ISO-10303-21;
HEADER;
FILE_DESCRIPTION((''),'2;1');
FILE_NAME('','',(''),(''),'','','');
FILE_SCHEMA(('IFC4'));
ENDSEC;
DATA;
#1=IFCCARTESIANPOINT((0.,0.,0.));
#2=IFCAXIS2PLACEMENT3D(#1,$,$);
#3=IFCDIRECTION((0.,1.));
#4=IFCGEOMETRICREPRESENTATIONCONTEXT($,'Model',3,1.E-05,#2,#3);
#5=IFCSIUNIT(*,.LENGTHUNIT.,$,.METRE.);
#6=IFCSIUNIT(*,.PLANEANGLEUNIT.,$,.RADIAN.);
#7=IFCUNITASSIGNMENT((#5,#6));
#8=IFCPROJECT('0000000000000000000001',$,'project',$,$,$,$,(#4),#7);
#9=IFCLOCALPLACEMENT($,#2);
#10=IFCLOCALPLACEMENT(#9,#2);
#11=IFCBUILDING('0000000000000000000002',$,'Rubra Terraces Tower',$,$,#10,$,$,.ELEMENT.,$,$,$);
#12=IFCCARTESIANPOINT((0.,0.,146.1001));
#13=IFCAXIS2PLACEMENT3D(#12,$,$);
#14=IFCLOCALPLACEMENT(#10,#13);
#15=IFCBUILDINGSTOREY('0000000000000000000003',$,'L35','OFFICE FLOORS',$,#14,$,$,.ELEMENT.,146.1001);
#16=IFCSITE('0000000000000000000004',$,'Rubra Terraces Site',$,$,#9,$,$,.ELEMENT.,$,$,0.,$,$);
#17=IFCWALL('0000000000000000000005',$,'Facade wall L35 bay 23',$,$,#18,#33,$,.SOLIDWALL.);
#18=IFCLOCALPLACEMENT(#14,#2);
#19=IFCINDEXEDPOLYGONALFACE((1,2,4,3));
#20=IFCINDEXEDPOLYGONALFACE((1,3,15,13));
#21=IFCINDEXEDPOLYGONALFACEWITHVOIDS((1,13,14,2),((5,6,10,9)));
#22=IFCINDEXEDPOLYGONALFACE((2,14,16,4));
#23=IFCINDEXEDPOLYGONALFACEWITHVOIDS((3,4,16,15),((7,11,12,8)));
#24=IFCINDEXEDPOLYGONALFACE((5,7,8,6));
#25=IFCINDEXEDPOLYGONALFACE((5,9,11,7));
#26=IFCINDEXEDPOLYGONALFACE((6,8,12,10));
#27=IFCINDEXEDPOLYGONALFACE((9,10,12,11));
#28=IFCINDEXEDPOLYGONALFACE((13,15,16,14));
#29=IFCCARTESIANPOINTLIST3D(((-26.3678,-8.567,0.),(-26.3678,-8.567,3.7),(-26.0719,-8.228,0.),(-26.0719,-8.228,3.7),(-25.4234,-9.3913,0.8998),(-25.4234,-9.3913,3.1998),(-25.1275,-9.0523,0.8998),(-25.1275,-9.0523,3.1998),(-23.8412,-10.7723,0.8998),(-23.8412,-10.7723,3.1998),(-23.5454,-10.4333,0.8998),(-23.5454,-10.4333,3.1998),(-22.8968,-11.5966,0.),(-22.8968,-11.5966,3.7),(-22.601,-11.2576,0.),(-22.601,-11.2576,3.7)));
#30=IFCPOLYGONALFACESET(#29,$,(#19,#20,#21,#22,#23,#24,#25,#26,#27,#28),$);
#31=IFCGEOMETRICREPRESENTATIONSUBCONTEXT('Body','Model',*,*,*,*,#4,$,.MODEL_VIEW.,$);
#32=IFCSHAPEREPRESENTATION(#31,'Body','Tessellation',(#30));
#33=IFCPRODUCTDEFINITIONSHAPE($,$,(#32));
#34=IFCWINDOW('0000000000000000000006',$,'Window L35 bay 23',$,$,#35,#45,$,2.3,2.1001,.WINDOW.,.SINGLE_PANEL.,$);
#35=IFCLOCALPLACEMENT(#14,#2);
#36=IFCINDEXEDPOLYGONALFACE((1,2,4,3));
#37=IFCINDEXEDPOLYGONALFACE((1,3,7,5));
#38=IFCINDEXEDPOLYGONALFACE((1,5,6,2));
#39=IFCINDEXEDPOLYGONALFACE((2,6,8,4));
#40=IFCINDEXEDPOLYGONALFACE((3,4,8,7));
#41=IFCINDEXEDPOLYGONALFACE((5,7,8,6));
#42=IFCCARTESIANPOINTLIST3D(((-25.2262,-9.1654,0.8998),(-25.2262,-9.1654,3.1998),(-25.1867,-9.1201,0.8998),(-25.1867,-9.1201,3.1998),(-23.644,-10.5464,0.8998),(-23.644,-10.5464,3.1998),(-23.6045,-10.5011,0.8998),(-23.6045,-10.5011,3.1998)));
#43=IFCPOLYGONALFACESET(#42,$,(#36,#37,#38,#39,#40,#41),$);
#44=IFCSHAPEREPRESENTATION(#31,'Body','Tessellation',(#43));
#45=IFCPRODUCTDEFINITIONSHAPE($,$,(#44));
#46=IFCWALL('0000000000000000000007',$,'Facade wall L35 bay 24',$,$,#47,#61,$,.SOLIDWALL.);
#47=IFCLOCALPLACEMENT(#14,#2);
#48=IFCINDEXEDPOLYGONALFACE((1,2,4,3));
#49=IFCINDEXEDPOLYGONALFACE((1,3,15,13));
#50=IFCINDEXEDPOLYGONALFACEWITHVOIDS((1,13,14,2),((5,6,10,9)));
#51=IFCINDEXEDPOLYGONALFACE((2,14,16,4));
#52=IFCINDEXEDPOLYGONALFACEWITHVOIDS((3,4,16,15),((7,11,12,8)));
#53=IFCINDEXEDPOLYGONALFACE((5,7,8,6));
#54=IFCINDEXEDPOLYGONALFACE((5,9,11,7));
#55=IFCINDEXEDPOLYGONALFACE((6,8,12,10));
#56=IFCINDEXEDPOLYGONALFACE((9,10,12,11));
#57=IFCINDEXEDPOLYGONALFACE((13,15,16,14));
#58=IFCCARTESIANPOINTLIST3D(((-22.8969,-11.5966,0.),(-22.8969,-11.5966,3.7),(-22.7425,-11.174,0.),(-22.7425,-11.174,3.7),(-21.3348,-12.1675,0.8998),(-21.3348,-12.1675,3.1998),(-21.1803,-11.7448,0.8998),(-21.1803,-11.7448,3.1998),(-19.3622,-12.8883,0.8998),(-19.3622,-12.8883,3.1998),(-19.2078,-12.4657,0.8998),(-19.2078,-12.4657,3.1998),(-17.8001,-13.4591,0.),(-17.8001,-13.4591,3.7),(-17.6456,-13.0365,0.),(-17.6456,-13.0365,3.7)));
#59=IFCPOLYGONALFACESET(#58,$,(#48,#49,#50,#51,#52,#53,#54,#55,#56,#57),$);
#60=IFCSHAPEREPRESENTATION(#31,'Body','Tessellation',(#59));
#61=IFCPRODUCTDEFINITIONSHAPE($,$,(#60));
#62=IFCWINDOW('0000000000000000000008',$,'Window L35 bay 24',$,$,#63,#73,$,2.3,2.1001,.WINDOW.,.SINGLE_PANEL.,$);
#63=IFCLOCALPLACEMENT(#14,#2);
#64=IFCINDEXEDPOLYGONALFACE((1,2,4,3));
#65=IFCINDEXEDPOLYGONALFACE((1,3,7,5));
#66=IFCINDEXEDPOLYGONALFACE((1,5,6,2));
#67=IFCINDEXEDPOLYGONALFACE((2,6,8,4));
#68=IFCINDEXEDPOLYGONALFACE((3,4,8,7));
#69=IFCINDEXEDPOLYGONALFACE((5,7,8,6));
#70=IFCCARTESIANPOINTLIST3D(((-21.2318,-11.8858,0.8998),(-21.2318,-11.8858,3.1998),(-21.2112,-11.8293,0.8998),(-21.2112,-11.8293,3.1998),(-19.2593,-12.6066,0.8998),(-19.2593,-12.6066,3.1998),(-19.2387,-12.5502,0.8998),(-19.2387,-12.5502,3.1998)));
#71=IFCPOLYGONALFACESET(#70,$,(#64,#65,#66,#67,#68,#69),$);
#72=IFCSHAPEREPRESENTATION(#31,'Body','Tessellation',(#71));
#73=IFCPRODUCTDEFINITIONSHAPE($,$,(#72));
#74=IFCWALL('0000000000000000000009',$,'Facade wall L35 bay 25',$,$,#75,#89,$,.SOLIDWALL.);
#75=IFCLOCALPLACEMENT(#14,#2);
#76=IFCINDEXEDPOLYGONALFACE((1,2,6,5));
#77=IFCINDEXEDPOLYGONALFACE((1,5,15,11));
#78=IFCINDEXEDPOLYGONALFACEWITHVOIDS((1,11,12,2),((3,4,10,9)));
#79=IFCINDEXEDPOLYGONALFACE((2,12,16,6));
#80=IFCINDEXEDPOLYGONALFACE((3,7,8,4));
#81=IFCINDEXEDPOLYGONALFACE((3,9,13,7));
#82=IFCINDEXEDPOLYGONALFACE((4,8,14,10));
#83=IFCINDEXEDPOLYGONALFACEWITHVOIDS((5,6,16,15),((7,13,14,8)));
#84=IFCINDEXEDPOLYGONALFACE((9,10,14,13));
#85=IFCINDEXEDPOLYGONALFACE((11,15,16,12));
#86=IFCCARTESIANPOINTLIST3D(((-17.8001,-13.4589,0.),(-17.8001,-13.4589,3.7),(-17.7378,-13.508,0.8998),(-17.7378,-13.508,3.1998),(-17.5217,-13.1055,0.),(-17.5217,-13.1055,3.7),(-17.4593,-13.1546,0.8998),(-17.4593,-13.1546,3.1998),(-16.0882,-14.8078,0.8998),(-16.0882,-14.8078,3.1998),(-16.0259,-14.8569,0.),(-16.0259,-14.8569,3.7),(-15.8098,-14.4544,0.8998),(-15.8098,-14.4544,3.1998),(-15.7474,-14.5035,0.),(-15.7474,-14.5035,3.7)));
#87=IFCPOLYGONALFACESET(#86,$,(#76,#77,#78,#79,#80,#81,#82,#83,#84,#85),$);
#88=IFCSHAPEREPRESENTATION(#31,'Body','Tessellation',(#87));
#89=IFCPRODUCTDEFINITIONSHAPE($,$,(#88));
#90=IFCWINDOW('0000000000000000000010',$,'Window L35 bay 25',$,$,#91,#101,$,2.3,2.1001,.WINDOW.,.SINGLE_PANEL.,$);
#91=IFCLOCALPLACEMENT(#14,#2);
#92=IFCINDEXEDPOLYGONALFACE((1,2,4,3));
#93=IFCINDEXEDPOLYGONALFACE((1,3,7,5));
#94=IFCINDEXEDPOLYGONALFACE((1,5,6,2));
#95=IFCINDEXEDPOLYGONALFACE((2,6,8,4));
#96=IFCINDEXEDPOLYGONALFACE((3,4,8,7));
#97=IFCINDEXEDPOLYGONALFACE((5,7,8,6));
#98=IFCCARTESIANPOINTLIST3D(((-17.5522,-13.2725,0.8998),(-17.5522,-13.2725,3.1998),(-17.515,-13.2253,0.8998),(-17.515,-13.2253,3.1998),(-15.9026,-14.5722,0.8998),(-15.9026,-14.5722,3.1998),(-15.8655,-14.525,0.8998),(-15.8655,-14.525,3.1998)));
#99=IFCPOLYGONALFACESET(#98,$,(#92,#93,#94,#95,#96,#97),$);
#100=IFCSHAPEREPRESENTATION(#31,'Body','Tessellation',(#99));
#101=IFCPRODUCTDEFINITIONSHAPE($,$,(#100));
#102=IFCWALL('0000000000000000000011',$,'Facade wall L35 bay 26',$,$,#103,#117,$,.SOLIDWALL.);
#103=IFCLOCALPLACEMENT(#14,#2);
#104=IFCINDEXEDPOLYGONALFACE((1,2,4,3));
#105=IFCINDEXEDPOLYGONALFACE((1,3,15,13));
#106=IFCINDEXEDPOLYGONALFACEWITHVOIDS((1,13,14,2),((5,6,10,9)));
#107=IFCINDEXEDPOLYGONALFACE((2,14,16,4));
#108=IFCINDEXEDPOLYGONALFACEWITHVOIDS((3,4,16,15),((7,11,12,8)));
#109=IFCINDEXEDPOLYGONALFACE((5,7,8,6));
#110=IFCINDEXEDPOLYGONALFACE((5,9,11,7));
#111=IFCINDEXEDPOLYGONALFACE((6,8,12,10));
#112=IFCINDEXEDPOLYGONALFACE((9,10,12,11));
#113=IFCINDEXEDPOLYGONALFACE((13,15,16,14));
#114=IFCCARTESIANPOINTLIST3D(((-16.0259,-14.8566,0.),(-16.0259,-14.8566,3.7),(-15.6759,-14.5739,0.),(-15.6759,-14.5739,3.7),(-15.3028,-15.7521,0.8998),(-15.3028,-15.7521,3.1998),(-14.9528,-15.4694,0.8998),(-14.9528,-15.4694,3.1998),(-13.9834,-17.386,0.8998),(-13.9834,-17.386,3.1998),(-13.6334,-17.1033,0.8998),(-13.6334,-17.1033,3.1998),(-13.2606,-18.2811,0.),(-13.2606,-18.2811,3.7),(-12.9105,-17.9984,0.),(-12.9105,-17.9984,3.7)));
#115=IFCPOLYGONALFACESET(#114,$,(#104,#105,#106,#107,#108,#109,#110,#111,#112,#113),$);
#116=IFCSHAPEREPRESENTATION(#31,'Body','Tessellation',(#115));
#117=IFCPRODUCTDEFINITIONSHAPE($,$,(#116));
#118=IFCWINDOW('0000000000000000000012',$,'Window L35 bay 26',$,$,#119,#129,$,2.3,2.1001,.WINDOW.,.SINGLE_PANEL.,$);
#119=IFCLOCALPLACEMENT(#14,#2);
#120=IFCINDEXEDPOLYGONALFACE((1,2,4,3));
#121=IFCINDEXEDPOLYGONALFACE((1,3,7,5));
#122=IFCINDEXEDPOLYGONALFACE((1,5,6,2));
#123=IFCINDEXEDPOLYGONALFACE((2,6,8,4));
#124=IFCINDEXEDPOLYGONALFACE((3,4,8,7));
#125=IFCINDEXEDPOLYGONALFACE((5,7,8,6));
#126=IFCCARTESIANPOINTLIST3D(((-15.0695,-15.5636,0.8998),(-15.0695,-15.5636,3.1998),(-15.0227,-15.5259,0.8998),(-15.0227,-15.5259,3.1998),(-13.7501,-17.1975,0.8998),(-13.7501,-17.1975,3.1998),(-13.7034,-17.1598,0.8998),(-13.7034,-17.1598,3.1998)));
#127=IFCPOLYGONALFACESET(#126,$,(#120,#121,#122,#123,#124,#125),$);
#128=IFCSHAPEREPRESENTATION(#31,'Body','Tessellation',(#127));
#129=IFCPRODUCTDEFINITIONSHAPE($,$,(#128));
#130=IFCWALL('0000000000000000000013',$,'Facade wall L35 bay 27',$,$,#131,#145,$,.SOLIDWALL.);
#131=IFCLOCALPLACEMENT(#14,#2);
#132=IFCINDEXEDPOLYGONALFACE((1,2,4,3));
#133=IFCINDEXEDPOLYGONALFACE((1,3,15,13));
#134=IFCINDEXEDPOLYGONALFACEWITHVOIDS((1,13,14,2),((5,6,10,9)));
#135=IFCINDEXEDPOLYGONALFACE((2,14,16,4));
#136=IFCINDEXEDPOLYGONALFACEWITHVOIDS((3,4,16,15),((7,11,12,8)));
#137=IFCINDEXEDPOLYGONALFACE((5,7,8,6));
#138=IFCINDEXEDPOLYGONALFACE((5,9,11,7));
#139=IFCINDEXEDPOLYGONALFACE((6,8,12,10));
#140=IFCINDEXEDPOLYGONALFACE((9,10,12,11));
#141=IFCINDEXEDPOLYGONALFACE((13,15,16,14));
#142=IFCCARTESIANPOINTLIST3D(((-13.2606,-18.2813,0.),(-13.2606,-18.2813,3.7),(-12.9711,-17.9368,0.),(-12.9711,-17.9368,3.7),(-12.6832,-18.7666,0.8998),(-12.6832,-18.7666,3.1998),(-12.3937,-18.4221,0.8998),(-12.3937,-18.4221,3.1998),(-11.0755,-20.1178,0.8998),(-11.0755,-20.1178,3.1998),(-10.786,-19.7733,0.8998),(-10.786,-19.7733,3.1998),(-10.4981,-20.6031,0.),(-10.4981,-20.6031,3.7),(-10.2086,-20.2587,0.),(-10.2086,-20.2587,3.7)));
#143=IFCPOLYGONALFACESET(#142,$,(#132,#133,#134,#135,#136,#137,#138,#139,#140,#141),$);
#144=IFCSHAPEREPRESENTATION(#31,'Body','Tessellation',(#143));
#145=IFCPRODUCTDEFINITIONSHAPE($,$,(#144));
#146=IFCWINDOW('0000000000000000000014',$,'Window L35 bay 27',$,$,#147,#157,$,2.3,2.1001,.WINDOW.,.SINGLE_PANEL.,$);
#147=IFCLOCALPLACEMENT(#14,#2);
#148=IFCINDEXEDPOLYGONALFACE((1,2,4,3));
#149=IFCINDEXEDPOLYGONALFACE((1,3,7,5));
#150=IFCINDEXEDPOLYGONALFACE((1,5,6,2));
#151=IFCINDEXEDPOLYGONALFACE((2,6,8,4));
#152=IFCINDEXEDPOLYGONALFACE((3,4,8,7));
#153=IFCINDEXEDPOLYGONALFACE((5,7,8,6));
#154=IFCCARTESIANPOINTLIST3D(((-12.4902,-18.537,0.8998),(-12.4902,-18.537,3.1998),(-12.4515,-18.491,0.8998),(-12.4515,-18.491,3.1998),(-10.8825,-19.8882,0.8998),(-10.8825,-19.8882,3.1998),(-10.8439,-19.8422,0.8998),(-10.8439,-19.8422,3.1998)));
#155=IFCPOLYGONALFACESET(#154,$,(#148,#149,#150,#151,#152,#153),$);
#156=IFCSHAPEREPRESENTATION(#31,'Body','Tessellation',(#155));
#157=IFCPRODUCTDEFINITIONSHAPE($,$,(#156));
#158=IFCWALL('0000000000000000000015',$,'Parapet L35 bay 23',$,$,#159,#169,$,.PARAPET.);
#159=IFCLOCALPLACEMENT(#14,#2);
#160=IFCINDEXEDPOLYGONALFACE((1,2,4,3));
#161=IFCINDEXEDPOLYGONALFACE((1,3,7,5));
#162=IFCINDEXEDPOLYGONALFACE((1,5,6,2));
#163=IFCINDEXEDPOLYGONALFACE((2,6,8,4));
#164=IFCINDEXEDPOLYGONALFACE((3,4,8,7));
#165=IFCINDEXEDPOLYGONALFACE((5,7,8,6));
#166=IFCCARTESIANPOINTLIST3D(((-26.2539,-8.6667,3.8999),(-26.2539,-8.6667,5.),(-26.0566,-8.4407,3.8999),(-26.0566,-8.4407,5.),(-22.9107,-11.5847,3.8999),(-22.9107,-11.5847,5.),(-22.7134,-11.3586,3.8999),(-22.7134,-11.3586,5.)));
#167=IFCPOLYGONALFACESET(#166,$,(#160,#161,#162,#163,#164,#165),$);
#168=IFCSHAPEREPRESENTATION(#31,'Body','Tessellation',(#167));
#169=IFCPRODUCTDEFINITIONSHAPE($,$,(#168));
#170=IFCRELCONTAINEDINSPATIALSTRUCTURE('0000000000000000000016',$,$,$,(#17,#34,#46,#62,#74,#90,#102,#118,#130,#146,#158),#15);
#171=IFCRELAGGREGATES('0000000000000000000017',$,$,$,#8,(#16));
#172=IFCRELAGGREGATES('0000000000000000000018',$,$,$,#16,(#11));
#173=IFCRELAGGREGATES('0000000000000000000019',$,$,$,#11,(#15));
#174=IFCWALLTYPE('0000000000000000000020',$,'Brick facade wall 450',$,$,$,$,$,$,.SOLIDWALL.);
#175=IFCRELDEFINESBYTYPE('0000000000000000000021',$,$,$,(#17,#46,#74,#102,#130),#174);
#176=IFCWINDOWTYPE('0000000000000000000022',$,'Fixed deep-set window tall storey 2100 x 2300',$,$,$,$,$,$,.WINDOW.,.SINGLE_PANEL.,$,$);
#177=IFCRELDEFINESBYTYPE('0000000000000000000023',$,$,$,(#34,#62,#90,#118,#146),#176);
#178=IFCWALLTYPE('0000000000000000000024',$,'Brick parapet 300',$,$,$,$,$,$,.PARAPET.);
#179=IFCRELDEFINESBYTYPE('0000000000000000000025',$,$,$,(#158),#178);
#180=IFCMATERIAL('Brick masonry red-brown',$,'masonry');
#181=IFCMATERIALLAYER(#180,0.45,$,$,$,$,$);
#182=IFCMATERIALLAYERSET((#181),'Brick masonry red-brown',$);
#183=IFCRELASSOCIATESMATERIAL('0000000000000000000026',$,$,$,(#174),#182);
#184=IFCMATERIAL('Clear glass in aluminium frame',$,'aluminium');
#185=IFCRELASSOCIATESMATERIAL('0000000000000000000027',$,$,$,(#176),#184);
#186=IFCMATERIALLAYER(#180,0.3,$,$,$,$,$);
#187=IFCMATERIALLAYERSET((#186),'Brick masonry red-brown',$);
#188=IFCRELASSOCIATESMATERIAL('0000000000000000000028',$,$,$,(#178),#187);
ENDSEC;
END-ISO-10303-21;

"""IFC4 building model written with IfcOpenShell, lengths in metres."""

from ifc_helpers import new_model, si_unit, direction, frame, frame_2d, origin, place, context, subcontext, project, spatial, rectangle, extrude, material, layer, layer_set, type_object, element, fill, save


model = new_model("IFC4")

# Units and contexts
model_context = context("Model", 3, precision=1e-05, world=origin(), true_north=direction((0.0, 1.0)))
body_context = subcontext(model_context, "Body", "Model", "MODEL_VIEW")
ifc_project = project(units=[si_unit("LENGTHUNIT", "METRE"), si_unit("PLANEANGLEUNIT", "RADIAN")], contexts=[model_context])

# Site, building, storey
site_placement = place(None, origin())
site = spatial("IfcSite", under=ifc_project, at=site_placement, Name="Rubra Terraces Site", CompositionType="ELEMENT", RefElevation=0.0)
building_placement = place(site_placement, origin())
building = spatial("IfcBuilding", under=site, at=building_placement, Name="Rubra Terraces Tower", CompositionType="ELEMENT")
storey_placement = place(building_placement, frame((0.0, 0.0, 146.1001)))
storey = spatial("IfcBuildingStorey", under=building, at=storey_placement, Name="L35", Description="OFFICE FLOORS", CompositionType="ELEMENT", Elevation=146.1001)

# Walls, openings, windows
ifc_material_1 = material(Name="Brick masonry red-brown", Category="masonry")
ifc_layer_1 = layer(ifc_material_1, 0.45)
ifc_layer_set_1 = layer_set([ifc_layer_1], Name="Brick masonry red-brown")
wall_type_1 = type_object("IfcWallType", Name="Brick facade wall 450", PredefinedType="SOLIDWALL", material=ifc_layer_set_1)
wall_1_placement = place(storey_placement, frame((-26.22, -8.3975, 0.0), z_axis=(0.0, 0.0, 1.0), x_axis=(0.753387, -0.657577, 0.0)))
wall_1 = element("IfcWall", 1, at=wall_1_placement, inside=storey, type_object=wall_type_1, Name="Facade wall L35 bay 23", PredefinedType="SOLIDWALL", context=body_context, shape_type="SweptSolid", body=[
    extrude(rectangle(XDim=4.6072, YDim=0.45, at=frame_2d((2.3037, 0.0))), origin(), (0.0, 0.0, 1.0), 3.7),
])
opening_1_placement = place(wall_1_placement, frame((1.2537, 0.0, 0.8999)))
opening_1 = element("IfcOpeningElement", 2, at=opening_1_placement, cuts=wall_1, PredefinedType="OPENING", context=body_context, shape_type="SweptSolid", body=[
    extrude(rectangle(XDim=2.1001, YDim=2.3, at=frame_2d((1.05, 1.1499))), frame((0.0, 0.2349, 0.0), z_axis=(0.0, -1.0, 0.0), x_axis=(1.0, 0.0, 0.0)), (0.0, 0.0, 1.0), 0.47),
])
ifc_material_2 = material(Name="Clear glass in aluminium frame", Category="aluminium")
window_type = type_object("IfcWindowType", Name="Fixed deep-set window tall storey 2100 x 2300", PartitioningType="SINGLE_PANEL", PredefinedType="WINDOW", material=ifc_material_2)
window_1_placement = place(opening_1_placement, origin())
window_1 = element("IfcWindow", 3, at=window_1_placement, inside=storey, type_object=window_type, Name="Window L35 bay 23", OverallHeight=2.3, OverallWidth=2.1001, PartitioningType="SINGLE_PANEL", PredefinedType="WINDOW", context=body_context, shape_type="SweptSolid", body=[
    extrude(rectangle(XDim=2.1001, YDim=2.3, at=frame_2d((1.05, 1.1499))), frame((0.0, 0.135, 0.0), z_axis=(0.0, -1.0, 0.0), x_axis=(1.0, 0.0, 0.0)), (0.0, 0.0, 1.0), 0.0601),
])
fill(opening_1, window_1)
wall_2_placement = place(storey_placement, frame((-22.8198, -11.3853, 0.0), z_axis=(0.0, 0.0, 1.0), x_axis=(0.939252, -0.343227, 0.0)))
wall_2 = element("IfcWall", 4, at=wall_2_placement, inside=storey, type_object=wall_type_1, Name="Facade wall L35 bay 24", PredefinedType="SOLIDWALL", context=body_context, shape_type="SweptSolid", body=[
    extrude(rectangle(XDim=5.4265, YDim=0.45, at=frame_2d((2.7134, 0.0))), origin(), (0.0, 0.0, 1.0), 3.7),
])
opening_2_placement = place(wall_2_placement, frame((1.6633, 0.0, 0.8999)))
opening_2 = element("IfcOpeningElement", 5, at=opening_2_placement, cuts=wall_2, PredefinedType="OPENING", context=body_context, shape_type="SweptSolid", body=[
    extrude(rectangle(XDim=2.1001, YDim=2.3, at=frame_2d((1.05, 1.1499))), frame((0.0, 0.2349, 0.0), z_axis=(0.0, -1.0, 0.0), x_axis=(1.0, 0.0, 0.0)), (0.0, 0.0, 1.0), 0.47),
])
window_2_placement = place(opening_2_placement, origin())
window_2 = element("IfcWindow", 6, at=window_2_placement, inside=storey, type_object=window_type, Name="Window L35 bay 24", OverallHeight=2.3, OverallWidth=2.1001, PartitioningType="SINGLE_PANEL", PredefinedType="WINDOW", context=body_context, shape_type="SweptSolid", body=[
    extrude(rectangle(XDim=2.1001, YDim=2.3, at=frame_2d((1.05, 1.1499))), frame((0.0, 0.135, 0.0), z_axis=(0.0, -1.0, 0.0), x_axis=(1.0, 0.0, 0.0)), (0.0, 0.0, 1.0), 0.0601),
])
fill(opening_2, window_2)
wall_3_placement = place(storey_placement, frame((-17.6609, -13.2822, 0.0), z_axis=(0.0, 0.0, 1.0), x_axis=(0.785466, -0.618905, 0.0)))
wall_3 = element("IfcWall", 7, at=wall_3_placement, inside=storey, type_object=wall_type_1, Name="Facade wall L35 bay 25", PredefinedType="SOLIDWALL", context=body_context, shape_type="SweptSolid", body=[
    extrude(rectangle(XDim=2.2588, YDim=0.45, at=frame_2d((1.1294, 0.0))), origin(), (0.0, 0.0, 1.0), 3.7),
])
opening_3_placement = place(wall_3_placement, frame((0.0793, 0.0, 0.8999)))
opening_3 = element("IfcOpeningElement", 8, at=opening_3_placement, cuts=wall_3, PredefinedType="OPENING", context=body_context, shape_type="SweptSolid", body=[
    extrude(rectangle(XDim=2.1001, YDim=2.3, at=frame_2d((1.05, 1.1499))), frame((0.0, 0.2349, 0.0), z_axis=(0.0, -1.0, 0.0), x_axis=(1.0, 0.0, 0.0)), (0.0, 0.0, 1.0), 0.47),
])
window_3_placement = place(opening_3_placement, origin())
window_3 = element("IfcWindow", 9, at=window_3_placement, inside=storey, type_object=window_type, Name="Window L35 bay 25", OverallHeight=2.3, OverallWidth=2.1001, PartitioningType="SINGLE_PANEL", PredefinedType="WINDOW", context=body_context, shape_type="SweptSolid", body=[
    extrude(rectangle(XDim=2.1001, YDim=2.3, at=frame_2d((1.05, 1.1499))), frame((0.0, 0.135, 0.0), z_axis=(0.0, -1.0, 0.0), x_axis=(1.0, 0.0, 0.0)), (0.0, 0.0, 1.0), 0.0601),
])
fill(opening_3, window_3)
wall_4_placement = place(storey_placement, frame((-15.8508, -14.7153, 0.0), z_axis=(0.0, 0.0, 1.0), x_axis=(0.628253, -0.778009, 0.0)))
wall_4 = element("IfcWall", 10, at=wall_4_placement, inside=storey, type_object=wall_type_1, Name="Facade wall L35 bay 26", PredefinedType="SOLIDWALL", context=body_context, shape_type="SweptSolid", body=[
    extrude(rectangle(XDim=4.4016, YDim=0.45, at=frame_2d((2.2007, 0.0))), origin(), (0.0, 0.0, 1.0), 3.7),
])
opening_4_placement = place(wall_4_placement, frame((1.1509, 0.0, 0.8999)))
opening_4 = element("IfcOpeningElement", 11, at=opening_4_placement, cuts=wall_4, PredefinedType="OPENING", context=body_context, shape_type="SweptSolid", body=[
    extrude(rectangle(XDim=2.1001, YDim=2.3, at=frame_2d((1.05, 1.1499))), frame((0.0, 0.2349, 0.0), z_axis=(0.0, -1.0, 0.0), x_axis=(1.0, 0.0, 0.0)), (0.0, 0.0, 1.0), 0.47),
])
window_4_placement = place(opening_4_placement, origin())
window_4 = element("IfcWindow", 12, at=window_4_placement, inside=storey, type_object=window_type, Name="Window L35 bay 26", OverallHeight=2.3, OverallWidth=2.1001, PartitioningType="SINGLE_PANEL", PredefinedType="WINDOW", context=body_context, shape_type="SweptSolid", body=[
    extrude(rectangle(XDim=2.1001, YDim=2.3, at=frame_2d((1.05, 1.1499))), frame((0.0, 0.135, 0.0), z_axis=(0.0, -1.0, 0.0), x_axis=(1.0, 0.0, 0.0)), (0.0, 0.0, 1.0), 0.0601),
])
fill(opening_4, window_4)
wall_5_placement = place(storey_placement, frame((-13.1157, -18.1091, 0.0), z_axis=(0.0, 0.0, 1.0), x_axis=(0.765525, -0.643406, 0.0)))
wall_5 = element("IfcWall", 13, at=wall_5_placement, inside=storey, type_object=wall_type_1, Name="Facade wall L35 bay 27", PredefinedType="SOLIDWALL", context=body_context, shape_type="SweptSolid", body=[
    extrude(rectangle(XDim=3.6086, YDim=0.45, at=frame_2d((1.8042, 0.0))), origin(), (0.0, 0.0, 1.0), 3.7),
])
opening_5_placement = place(wall_5_placement, frame((0.7542, 0.0, 0.8999)))
opening_5 = element("IfcOpeningElement", 14, at=opening_5_placement, cuts=wall_5, PredefinedType="OPENING", context=body_context, shape_type="SweptSolid", body=[
    extrude(rectangle(XDim=2.1001, YDim=2.3, at=frame_2d((1.05, 1.1499))), frame((0.0, 0.2349, 0.0), z_axis=(0.0, -1.0, 0.0), x_axis=(1.0, 0.0, 0.0)), (0.0, 0.0, 1.0), 0.47),
])
window_5_placement = place(opening_5_placement, origin())
window_5 = element("IfcWindow", 15, at=window_5_placement, inside=storey, type_object=window_type, Name="Window L35 bay 27", OverallHeight=2.3, OverallWidth=2.1001, PartitioningType="SINGLE_PANEL", PredefinedType="WINDOW", context=body_context, shape_type="SweptSolid", body=[
    extrude(rectangle(XDim=2.1001, YDim=2.3, at=frame_2d((1.05, 1.1499))), frame((0.0, 0.135, 0.0), z_axis=(0.0, -1.0, 0.0), x_axis=(1.0, 0.0, 0.0)), (0.0, 0.0, 1.0), 0.0601),
])
fill(opening_5, window_5)

# Wall
ifc_layer_2 = layer(ifc_material_1, 0.3)
ifc_layer_set_2 = layer_set([ifc_layer_2], Name="Brick masonry red-brown")
wall_type_2 = type_object("IfcWallType", Name="Brick parapet 300", PredefinedType="PARAPET", material=ifc_layer_set_2)
wall_6_placement = place(storey_placement, frame((-26.1553, -8.5537, 3.8999), z_axis=(0.0, 0.0, 1.0), x_axis=(0.753401, -0.657562, 0.0)))
element("IfcWall", 16, at=wall_6_placement, inside=storey, type_object=wall_type_2, Name="Parapet L35 bay 23", PredefinedType="PARAPET", context=body_context, shape_type="SweptSolid", body=[
    extrude(rectangle(XDim=4.4375, YDim=0.3, at=frame_2d((2.2188, 0.0))), origin(), (0.0, 0.0, 1.0), 1.1001),
])

save(model, "model.ifc")
